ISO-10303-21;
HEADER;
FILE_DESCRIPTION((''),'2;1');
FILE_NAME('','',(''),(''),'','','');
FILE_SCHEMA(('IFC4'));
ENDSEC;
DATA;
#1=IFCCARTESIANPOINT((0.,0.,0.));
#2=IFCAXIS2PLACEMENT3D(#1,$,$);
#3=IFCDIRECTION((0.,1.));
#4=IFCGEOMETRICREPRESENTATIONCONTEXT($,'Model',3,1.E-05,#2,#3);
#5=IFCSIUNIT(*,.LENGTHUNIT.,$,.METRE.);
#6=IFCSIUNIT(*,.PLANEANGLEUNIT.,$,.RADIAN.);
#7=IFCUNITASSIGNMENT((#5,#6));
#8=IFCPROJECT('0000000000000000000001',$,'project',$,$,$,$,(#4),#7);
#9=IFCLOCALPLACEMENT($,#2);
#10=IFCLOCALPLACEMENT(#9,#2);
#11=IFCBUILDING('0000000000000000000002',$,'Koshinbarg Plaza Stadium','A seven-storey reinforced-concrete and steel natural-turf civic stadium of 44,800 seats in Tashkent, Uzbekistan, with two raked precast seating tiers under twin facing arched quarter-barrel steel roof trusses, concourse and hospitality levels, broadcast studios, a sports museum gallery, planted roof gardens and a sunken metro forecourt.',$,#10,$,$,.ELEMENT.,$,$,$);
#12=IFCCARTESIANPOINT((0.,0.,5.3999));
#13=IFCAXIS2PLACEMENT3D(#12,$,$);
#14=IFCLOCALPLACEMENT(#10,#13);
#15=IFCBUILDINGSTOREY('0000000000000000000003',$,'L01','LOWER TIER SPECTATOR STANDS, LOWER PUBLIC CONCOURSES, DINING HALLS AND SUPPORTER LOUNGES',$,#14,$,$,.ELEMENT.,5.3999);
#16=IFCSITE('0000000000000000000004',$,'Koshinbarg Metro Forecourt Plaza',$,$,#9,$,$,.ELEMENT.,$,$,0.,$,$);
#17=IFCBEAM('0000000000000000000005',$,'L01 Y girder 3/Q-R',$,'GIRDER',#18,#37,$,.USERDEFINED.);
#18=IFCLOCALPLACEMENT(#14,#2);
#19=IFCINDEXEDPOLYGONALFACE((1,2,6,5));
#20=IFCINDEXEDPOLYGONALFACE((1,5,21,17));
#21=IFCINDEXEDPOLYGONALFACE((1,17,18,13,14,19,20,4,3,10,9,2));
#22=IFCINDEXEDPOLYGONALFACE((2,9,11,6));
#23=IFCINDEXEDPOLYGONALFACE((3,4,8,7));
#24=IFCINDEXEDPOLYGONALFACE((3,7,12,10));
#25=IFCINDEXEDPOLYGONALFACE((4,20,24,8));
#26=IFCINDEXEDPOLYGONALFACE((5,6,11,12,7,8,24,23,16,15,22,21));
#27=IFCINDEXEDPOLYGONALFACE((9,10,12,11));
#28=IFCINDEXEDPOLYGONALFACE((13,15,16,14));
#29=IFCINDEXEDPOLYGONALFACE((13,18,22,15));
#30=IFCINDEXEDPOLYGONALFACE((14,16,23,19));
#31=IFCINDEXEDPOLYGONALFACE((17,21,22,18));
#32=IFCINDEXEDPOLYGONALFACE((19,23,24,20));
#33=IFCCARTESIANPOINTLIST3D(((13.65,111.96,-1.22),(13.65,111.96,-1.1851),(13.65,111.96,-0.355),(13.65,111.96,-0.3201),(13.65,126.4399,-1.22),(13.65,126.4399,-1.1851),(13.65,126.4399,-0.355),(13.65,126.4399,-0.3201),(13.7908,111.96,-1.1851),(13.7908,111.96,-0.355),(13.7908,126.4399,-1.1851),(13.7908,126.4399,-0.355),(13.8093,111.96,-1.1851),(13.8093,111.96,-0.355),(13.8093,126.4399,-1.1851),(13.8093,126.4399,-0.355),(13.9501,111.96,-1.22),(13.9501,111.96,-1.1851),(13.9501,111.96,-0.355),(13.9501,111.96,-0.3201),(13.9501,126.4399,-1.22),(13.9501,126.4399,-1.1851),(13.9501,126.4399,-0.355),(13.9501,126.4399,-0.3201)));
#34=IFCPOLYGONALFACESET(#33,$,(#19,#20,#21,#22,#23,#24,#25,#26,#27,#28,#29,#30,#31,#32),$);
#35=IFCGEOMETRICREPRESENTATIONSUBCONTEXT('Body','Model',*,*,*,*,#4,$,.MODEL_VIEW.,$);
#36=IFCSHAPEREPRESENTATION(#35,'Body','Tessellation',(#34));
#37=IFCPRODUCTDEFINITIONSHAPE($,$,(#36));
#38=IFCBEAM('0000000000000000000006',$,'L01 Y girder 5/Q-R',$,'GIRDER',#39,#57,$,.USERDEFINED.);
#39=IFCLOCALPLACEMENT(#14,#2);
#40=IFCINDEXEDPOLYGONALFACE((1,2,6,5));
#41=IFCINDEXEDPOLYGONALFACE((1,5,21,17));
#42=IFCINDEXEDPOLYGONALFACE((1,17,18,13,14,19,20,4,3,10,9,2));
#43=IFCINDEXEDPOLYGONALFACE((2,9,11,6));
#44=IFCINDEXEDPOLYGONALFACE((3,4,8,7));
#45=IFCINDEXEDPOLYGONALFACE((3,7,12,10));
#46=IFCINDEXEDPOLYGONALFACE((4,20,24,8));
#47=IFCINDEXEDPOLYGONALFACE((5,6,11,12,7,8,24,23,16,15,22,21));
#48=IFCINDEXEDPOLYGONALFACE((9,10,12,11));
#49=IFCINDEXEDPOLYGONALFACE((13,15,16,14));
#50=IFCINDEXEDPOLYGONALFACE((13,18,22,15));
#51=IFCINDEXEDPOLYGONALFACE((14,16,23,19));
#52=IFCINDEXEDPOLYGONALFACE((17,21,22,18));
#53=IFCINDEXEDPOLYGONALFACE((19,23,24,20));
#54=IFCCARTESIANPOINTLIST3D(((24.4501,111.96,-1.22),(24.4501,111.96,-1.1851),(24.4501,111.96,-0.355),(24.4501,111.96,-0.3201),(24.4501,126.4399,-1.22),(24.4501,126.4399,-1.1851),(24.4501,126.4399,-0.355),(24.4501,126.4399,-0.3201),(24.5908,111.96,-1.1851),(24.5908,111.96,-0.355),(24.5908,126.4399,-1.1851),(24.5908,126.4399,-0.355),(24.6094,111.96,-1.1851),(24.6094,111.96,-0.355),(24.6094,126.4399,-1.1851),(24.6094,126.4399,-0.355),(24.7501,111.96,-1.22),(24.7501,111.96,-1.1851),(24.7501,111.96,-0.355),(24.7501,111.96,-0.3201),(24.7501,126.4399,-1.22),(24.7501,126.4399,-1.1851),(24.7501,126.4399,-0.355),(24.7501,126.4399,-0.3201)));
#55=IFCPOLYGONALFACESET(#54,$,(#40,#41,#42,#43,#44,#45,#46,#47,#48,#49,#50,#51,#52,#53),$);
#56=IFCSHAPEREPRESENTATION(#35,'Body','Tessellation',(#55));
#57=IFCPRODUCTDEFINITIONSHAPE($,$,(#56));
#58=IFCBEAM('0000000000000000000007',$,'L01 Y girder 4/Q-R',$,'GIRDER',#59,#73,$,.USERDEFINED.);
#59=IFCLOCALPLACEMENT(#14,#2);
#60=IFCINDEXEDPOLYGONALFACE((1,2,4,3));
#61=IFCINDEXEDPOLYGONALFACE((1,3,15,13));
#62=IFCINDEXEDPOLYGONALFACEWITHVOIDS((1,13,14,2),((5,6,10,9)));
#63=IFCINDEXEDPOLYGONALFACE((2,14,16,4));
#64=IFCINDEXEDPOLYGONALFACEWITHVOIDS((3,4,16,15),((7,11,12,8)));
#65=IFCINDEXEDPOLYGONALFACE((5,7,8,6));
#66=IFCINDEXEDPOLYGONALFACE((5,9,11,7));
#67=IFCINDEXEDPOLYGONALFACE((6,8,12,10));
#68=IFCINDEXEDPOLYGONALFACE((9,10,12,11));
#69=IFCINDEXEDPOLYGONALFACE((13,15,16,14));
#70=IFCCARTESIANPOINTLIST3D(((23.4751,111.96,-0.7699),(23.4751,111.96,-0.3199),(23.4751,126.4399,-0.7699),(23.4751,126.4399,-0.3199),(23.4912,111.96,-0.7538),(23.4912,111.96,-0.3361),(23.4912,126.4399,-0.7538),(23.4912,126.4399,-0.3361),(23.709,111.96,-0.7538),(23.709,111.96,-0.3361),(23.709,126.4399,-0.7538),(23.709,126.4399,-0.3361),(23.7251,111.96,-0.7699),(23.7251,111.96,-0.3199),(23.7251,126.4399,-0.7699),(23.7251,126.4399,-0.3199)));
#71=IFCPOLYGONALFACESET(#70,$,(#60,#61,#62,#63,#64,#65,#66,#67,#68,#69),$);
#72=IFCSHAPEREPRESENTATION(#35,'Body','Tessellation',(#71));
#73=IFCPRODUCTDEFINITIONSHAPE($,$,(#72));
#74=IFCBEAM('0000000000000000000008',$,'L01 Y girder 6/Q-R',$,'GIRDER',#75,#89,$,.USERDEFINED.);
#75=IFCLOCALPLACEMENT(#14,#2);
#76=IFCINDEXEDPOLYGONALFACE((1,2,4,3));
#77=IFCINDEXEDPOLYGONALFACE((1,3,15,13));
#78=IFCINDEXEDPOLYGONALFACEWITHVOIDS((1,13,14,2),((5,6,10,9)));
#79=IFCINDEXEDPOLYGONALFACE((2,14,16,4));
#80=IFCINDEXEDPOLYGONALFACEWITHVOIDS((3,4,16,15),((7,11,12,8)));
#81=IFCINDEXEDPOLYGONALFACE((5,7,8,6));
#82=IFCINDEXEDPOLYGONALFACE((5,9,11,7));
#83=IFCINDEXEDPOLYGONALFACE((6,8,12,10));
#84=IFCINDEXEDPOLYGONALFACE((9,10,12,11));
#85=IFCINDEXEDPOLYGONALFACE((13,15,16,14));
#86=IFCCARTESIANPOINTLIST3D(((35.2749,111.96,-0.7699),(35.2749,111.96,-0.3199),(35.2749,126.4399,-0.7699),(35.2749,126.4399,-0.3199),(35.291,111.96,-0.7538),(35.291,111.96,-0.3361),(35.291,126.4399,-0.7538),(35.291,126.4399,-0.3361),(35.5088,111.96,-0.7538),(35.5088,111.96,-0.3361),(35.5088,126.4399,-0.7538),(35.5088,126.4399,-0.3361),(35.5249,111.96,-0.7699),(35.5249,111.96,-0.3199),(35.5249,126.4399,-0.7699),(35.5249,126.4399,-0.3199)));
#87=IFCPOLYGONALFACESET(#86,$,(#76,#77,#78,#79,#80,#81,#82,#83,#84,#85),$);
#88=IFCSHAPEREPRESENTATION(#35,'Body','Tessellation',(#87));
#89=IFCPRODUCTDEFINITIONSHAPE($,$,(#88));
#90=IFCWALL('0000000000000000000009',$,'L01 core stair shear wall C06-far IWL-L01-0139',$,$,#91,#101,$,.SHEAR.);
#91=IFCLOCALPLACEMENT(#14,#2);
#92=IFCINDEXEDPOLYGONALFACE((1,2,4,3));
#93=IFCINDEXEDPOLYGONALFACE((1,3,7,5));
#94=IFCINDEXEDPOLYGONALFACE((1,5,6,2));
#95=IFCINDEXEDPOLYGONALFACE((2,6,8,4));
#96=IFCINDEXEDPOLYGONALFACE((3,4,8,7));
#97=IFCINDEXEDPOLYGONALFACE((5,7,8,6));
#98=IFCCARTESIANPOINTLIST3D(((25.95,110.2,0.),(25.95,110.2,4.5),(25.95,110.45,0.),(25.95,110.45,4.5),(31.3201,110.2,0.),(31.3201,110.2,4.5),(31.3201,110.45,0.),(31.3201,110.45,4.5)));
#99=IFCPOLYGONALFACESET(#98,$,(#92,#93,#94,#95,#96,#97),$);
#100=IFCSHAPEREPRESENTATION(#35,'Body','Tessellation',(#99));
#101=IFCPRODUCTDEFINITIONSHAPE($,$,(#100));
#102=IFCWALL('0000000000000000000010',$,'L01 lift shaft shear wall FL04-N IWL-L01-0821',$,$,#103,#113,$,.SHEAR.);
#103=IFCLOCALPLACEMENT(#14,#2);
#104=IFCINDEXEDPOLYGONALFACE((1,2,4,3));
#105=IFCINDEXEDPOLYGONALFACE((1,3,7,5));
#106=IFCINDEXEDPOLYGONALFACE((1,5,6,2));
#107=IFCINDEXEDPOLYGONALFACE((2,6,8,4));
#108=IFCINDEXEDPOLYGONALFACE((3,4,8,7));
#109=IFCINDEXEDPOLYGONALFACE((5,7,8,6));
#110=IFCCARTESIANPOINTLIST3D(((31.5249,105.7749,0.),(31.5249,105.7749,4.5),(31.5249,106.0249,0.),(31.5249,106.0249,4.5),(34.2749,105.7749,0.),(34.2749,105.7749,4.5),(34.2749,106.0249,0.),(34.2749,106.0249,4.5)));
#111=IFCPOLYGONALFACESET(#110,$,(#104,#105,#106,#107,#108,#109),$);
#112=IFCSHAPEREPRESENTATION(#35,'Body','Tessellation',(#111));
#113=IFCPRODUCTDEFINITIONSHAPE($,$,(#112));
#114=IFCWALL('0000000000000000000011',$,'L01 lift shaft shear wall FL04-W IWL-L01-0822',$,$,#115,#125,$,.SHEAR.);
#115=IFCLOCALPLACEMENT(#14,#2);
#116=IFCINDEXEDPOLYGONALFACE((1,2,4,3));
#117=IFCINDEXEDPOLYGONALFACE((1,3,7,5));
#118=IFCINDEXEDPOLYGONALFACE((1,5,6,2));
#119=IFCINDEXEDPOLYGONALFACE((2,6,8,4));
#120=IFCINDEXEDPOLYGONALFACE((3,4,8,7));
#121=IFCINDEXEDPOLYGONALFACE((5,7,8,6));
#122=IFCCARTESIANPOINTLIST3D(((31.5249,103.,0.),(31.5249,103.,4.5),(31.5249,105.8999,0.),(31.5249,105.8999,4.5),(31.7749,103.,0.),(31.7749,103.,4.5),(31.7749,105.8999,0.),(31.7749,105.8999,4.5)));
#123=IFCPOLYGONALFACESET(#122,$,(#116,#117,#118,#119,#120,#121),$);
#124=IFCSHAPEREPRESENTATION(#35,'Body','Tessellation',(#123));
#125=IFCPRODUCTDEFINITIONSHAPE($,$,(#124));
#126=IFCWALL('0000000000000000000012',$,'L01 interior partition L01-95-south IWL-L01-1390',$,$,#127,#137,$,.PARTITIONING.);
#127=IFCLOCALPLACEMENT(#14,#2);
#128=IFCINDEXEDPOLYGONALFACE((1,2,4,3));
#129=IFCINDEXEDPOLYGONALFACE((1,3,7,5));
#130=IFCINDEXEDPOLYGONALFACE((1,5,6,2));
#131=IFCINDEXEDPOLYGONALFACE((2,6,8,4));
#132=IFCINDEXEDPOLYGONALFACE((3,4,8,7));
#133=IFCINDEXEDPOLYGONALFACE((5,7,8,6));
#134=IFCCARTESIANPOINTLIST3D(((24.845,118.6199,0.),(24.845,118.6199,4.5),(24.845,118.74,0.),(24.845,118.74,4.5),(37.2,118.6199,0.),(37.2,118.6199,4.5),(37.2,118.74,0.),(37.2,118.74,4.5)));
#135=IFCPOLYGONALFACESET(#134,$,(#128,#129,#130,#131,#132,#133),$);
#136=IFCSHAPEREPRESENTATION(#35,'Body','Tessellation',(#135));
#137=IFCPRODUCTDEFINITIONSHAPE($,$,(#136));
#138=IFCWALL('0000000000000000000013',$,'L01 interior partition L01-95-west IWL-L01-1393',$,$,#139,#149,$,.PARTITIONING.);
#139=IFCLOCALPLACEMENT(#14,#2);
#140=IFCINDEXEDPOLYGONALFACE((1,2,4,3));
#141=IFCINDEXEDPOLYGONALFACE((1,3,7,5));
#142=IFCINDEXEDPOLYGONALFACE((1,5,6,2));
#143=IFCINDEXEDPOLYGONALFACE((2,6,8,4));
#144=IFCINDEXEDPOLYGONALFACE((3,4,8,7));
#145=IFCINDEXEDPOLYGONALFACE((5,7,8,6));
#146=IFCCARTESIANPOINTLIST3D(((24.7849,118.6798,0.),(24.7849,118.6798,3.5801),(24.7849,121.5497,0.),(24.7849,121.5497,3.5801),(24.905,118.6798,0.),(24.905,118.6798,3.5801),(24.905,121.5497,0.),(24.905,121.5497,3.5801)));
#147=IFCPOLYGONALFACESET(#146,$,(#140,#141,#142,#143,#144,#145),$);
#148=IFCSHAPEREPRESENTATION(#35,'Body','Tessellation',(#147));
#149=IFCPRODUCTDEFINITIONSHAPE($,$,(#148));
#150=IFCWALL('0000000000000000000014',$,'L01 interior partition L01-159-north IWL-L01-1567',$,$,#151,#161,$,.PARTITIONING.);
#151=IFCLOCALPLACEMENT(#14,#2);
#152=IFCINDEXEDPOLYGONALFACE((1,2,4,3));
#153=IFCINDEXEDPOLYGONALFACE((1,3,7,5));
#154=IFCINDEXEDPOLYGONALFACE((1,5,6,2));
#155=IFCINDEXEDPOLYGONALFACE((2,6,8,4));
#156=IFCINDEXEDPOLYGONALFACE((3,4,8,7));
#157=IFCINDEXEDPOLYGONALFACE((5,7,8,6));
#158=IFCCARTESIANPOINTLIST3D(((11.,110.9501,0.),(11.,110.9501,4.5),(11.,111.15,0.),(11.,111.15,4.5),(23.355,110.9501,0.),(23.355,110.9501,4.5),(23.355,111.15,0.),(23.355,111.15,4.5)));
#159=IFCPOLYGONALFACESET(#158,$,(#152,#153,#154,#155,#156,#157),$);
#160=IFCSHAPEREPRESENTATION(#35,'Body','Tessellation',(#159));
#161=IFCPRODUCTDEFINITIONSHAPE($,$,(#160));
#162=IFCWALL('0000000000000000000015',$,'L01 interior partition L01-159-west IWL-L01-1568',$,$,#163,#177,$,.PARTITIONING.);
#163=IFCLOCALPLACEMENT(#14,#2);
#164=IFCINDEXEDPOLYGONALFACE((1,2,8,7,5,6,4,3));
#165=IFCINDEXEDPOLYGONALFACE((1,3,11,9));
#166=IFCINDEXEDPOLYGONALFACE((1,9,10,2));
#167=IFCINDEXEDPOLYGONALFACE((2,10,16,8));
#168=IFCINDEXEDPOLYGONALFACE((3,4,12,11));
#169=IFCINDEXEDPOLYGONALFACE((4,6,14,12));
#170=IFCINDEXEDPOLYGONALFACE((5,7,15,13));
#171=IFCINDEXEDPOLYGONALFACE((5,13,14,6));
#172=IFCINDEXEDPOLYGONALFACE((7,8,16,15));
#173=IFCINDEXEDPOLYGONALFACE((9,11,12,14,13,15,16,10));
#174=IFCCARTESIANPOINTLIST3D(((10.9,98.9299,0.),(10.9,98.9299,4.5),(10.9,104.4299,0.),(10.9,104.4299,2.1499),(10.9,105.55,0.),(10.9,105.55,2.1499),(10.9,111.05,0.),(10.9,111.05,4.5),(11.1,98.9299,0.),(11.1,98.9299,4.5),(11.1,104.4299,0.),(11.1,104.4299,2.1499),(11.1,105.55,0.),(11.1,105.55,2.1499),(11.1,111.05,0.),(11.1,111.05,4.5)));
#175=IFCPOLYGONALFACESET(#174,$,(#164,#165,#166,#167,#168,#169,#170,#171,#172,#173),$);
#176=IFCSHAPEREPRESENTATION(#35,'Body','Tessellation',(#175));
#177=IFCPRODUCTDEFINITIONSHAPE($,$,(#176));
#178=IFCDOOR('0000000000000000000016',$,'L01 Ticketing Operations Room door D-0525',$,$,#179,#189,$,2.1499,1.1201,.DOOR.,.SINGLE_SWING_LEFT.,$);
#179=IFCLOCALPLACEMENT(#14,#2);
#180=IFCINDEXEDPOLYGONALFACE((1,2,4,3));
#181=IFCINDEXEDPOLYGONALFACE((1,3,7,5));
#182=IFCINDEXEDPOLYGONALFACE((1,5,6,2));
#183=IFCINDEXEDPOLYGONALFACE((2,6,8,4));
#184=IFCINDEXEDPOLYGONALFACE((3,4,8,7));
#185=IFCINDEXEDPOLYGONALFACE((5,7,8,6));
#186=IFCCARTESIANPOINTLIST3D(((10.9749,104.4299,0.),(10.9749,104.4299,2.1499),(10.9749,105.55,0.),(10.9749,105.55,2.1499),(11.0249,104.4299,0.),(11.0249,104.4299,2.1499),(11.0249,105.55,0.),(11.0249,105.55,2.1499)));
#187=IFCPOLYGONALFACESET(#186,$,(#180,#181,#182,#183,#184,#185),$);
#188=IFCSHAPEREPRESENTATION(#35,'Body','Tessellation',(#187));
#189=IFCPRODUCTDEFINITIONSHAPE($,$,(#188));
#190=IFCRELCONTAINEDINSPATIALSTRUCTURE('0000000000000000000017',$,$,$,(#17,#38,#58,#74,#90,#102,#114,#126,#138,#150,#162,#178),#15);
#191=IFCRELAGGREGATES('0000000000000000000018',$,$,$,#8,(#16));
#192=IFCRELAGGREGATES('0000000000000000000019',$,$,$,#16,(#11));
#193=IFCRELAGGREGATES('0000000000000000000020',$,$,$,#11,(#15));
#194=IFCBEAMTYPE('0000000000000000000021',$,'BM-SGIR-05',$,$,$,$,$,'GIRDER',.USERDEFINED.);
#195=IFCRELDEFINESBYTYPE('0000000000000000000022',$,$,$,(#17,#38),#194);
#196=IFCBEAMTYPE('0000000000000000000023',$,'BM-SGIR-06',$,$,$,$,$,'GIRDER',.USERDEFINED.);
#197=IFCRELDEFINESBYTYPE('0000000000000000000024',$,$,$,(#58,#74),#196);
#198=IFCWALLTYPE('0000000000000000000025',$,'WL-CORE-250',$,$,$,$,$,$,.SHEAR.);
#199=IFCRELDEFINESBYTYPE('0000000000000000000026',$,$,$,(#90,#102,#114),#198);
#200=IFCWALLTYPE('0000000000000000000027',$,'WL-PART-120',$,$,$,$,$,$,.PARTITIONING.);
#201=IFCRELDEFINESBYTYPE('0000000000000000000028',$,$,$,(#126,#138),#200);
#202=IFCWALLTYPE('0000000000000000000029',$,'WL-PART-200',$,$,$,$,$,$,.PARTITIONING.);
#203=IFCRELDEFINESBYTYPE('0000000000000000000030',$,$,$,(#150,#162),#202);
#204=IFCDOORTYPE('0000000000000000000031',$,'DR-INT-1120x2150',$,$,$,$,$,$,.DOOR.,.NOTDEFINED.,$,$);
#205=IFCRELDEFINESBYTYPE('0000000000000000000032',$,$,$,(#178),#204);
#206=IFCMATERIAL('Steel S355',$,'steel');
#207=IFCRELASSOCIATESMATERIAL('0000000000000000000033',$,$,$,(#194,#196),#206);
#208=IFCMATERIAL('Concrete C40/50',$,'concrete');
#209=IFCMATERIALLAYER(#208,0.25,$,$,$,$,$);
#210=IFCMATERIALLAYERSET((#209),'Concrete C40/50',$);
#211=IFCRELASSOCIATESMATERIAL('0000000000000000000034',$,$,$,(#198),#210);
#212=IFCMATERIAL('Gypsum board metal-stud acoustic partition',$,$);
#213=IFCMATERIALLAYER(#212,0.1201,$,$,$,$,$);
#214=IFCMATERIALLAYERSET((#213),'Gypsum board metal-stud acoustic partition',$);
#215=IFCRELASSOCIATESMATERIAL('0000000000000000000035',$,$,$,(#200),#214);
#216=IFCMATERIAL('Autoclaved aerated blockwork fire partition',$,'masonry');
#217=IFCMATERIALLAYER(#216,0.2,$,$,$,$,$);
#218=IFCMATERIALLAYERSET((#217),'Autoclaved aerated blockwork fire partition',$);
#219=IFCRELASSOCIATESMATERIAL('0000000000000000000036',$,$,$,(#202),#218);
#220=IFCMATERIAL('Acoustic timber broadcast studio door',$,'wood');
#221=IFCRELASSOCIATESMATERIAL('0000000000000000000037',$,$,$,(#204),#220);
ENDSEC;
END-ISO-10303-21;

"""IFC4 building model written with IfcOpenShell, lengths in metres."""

from ifc_helpers import new_model, si_unit, direction, frame, frame_2d, origin, origin_2d, place, context, subcontext, project, spatial, rectangle, hollow_rectangle, i_section, extrude, material, layer, layer_set, material_profile, profile_set, type_object, element, fill, save


model = new_model("IFC4")

# Units and contexts
model_context = context("Model", 3, precision=1e-05, world=origin(), true_north=direction((0.0, 1.0)))
body_context = subcontext(model_context, "Body", "Model", "MODEL_VIEW")
ifc_project = project(units=[si_unit("LENGTHUNIT", "METRE"), si_unit("PLANEANGLEUNIT", "RADIAN")], contexts=[model_context])

# Site, building, storey
site_placement = place(None, origin())
site = spatial("IfcSite", under=ifc_project, at=site_placement, Name="Koshinbarg Metro Forecourt Plaza", CompositionType="ELEMENT", RefElevation=0.0)
building_placement = place(site_placement, origin())
building = spatial("IfcBuilding", under=site, at=building_placement, Name="Koshinbarg Plaza Stadium", Description="A seven-storey reinforced-concrete and steel natural-turf civic stadium of 44,800 seats in Tashkent, Uzbekistan, with two raked precast seating tiers under twin facing arched quarter-barrel steel roof trusses, concourse and hospitality levels, broadcast studios, a sports museum gallery, planted roof gardens and a sunken metro forecourt.", CompositionType="ELEMENT")
storey_placement = place(building_placement, frame((0.0, 0.0, 5.3999)))
storey = spatial("IfcBuildingStorey", under=building, at=storey_placement, Name="L01", Description="LOWER TIER SPECTATOR STANDS, LOWER PUBLIC CONCOURSES, DINING HALLS AND SUPPORTER LOUNGES", CompositionType="ELEMENT", Elevation=5.3999)

# Shared definitions
ifc_material_1 = material(Name="Concrete C40/50", Category="concrete")
ifc_material_2 = material(Name="Steel S355", Category="steel")

# Beams
ifc_material_profile_1 = material_profile(ifc_material_2, i_section(OverallWidth=0.3, OverallDepth=0.8999, WebThickness=0.0186, FlangeThickness=0.0349, at=origin_2d()), Name="HEB 900")
ifc_profile_set_1 = profile_set([ifc_material_profile_1], Name="Steel S355")
beam_type_1 = type_object("IfcBeamType", Name="BM-SGIR-05", ElementType="GIRDER", PredefinedType="USERDEFINED", material=ifc_profile_set_1)
for number, where, z_axis, x_axis, name in (
    (1, (13.8, 111.96, -0.77), (0.0, 1.0, 0.0), (-1.0, 0.0, 0.0), "L01 Y girder 3/Q-R"),
    (2, (24.6001, 111.96, -0.77), (0.0, 1.0, 0.0), (-1.0, 0.0, 0.0), "L01 Y girder 5/Q-R"),
):
    element("IfcBeam", number, at=place(storey_placement, frame(where, z_axis=z_axis, x_axis=x_axis)), inside=storey, type_object=beam_type_1, Name=name, ObjectType="GIRDER", PredefinedType="USERDEFINED", context=body_context, shape_type="SweptSolid", body=[
        extrude(i_section(OverallWidth=0.3, OverallDepth=0.8999, WebThickness=0.0186, FlangeThickness=0.0349, at=origin_2d()), origin(), (0.0, 0.0, 1.0), 14.48),
    ])
ifc_material_profile_2 = material_profile(ifc_material_2, hollow_rectangle(XDim=0.25, YDim=0.45, WallThickness=0.0161, at=origin_2d()), Name="RHS 450x250x16")
ifc_profile_set_2 = profile_set([ifc_material_profile_2], Name="Steel S355")
beam_type_2 = type_object("IfcBeamType", Name="BM-SGIR-06", ElementType="GIRDER", PredefinedType="USERDEFINED", material=ifc_profile_set_2)
for number, where, z_axis, x_axis, name in (
    (3, (23.6001, 111.96, -0.5449), (0.0, 1.0, 0.0), (-1.0, 0.0, 0.0), "L01 Y girder 4/Q-R"),
    (4, (35.3999, 111.96, -0.5449), (0.0, 1.0, 0.0), (-1.0, 0.0, 0.0), "L01 Y girder 6/Q-R"),
):
    element("IfcBeam", number, at=place(storey_placement, frame(where, z_axis=z_axis, x_axis=x_axis)), inside=storey, type_object=beam_type_2, Name=name, ObjectType="GIRDER", PredefinedType="USERDEFINED", context=body_context, shape_type="SweptSolid", body=[
        extrude(hollow_rectangle(XDim=0.25, YDim=0.45, WallThickness=0.0161, at=origin_2d()), origin(), (0.0, 0.0, 1.0), 14.48),
    ])

# Walls
ifc_layer_1 = layer(ifc_material_1, 0.25)
ifc_layer_set_1 = layer_set([ifc_layer_1], Name="Concrete C40/50")
wall_type_1 = type_object("IfcWallType", Name="WL-CORE-250", PredefinedType="SHEAR", material=ifc_layer_set_1)
wall_1_placement = place(storey_placement, frame((31.3201, 110.325, 0.0), z_axis=(0.0, 0.0, 1.0), x_axis=(-1.0, 0.0, 0.0)))
element("IfcWall", 5, at=wall_1_placement, inside=storey, type_object=wall_type_1, Name="L01 core stair shear wall C06-far IWL-L01-0139", PredefinedType="SHEAR", context=body_context, shape_type="SweptSolid", body=[
    extrude(rectangle(XDim=5.3701, YDim=0.25, at=frame_2d((2.6851, 0.0))), origin(), (0.0, 0.0, 1.0), 4.5),
])
wall_2_placement = place(storey_placement, frame((34.2749, 105.8999, 0.0), z_axis=(0.0, 0.0, 1.0), x_axis=(-1.0, 0.0, 0.0)))
element("IfcWall", 6, at=wall_2_placement, inside=storey, type_object=wall_type_1, Name="L01 lift shaft shear wall FL04-N IWL-L01-0821", PredefinedType="SHEAR", context=body_context, shape_type="SweptSolid", body=[
    extrude(rectangle(XDim=2.75, YDim=0.25, at=frame_2d((1.375, 0.0))), origin(), (0.0, 0.0, 1.0), 4.5),
])
wall_3_placement = place(storey_placement, frame((31.6499, 105.8999, 0.0), z_axis=(0.0, 0.0, 1.0), x_axis=(0.0, -1.0, 0.0)))
element("IfcWall", 7, at=wall_3_placement, inside=storey, type_object=wall_type_1, Name="L01 lift shaft shear wall FL04-W IWL-L01-0822", PredefinedType="SHEAR", context=body_context, shape_type="SweptSolid", body=[
    extrude(rectangle(XDim=2.8999, YDim=0.25, at=frame_2d((1.45, 0.0))), origin(), (0.0, 0.0, 1.0), 4.5),
])
ifc_material_3 = material(Name="Gypsum board metal-stud acoustic partition")
ifc_layer_2 = layer(ifc_material_3, 0.1201)
ifc_layer_set_2 = layer_set([ifc_layer_2], Name="Gypsum board metal-stud acoustic partition")
wall_type_2 = type_object("IfcWallType", Name="WL-PART-120", PredefinedType="PARTITIONING", material=ifc_layer_set_2)
wall_4_placement = place(storey_placement, frame((24.845, 118.6799, 0.0), z_axis=(0.0, 0.0, 1.0), x_axis=(1.0, 0.0, 0.0)))
element("IfcWall", 8, at=wall_4_placement, inside=storey, type_object=wall_type_2, Name="L01 interior partition L01-95-south IWL-L01-1390", PredefinedType="PARTITIONING", context=body_context, shape_type="SweptSolid", body=[
    extrude(rectangle(XDim=12.355, YDim=0.1201, at=frame_2d((6.1775, 0.0))), origin(), (0.0, 0.0, 1.0), 4.5),
])
wall_5_placement = place(storey_placement, frame((24.845, 121.5498, 0.0), z_axis=(0.0, 0.0, 1.0), x_axis=(0.0, -1.0, 0.0)))
element("IfcWall", 9, at=wall_5_placement, inside=storey, type_object=wall_type_2, Name="L01 interior partition L01-95-west IWL-L01-1393", PredefinedType="PARTITIONING", context=body_context, shape_type="SweptSolid", body=[
    extrude(rectangle(XDim=2.8699, YDim=0.1201, at=frame_2d((1.4351, 0.0))), origin(), (0.0, 0.0, 1.0), 3.5801),
])
ifc_material_4 = material(Name="Autoclaved aerated blockwork fire partition", Category="masonry")
ifc_layer_3 = layer(ifc_material_4, 0.2)
ifc_layer_set_3 = layer_set([ifc_layer_3], Name="Autoclaved aerated blockwork fire partition")
wall_type_3 = type_object("IfcWallType", Name="WL-PART-200", PredefinedType="PARTITIONING", material=ifc_layer_set_3)
wall_6_placement = place(storey_placement, frame((23.355, 111.05, 0.0), z_axis=(0.0, 0.0, 1.0), x_axis=(-1.0, 0.0, 0.0)))
element("IfcWall", 10, at=wall_6_placement, inside=storey, type_object=wall_type_3, Name="L01 interior partition L01-159-north IWL-L01-1567", PredefinedType="PARTITIONING", context=body_context, shape_type="SweptSolid", body=[
    extrude(rectangle(XDim=12.355, YDim=0.2, at=frame_2d((6.1775, 0.0))), origin(), (0.0, 0.0, 1.0), 4.5),
])

# Wall, opening, door
wall_7_placement = place(storey_placement, frame((11.0, 111.05, 0.0), z_axis=(0.0, 0.0, 1.0), x_axis=(0.0, -1.0, 0.0)))
wall_7 = element("IfcWall", 11, at=wall_7_placement, inside=storey, type_object=wall_type_3, Name="L01 interior partition L01-159-west IWL-L01-1568", PredefinedType="PARTITIONING", context=body_context, shape_type="SweptSolid", body=[
    extrude(rectangle(XDim=12.1201, YDim=0.2, at=frame_2d((6.0601, 0.0))), origin(), (0.0, 0.0, 1.0), 4.5),
])
opening_placement = place(wall_7_placement, frame((5.5, 0.0, 0.0)))
opening = element("IfcOpeningElement", 12, at=opening_placement, cuts=wall_7, PredefinedType="OPENING", context=body_context, shape_type="SweptSolid", body=[
    extrude(rectangle(XDim=1.1201, YDim=2.1499, at=frame_2d((0.5601, 1.075))), frame((0.0, 0.1099, 0.0), z_axis=(0.0, -1.0, 0.0), x_axis=(1.0, 0.0, 0.0)), (0.0, 0.0, 1.0), 0.22),
])
ifc_material_5 = material(Name="Acoustic timber broadcast studio door", Category="wood")
door_type = type_object("IfcDoorType", Name="DR-INT-1120x2150", OperationType="NOTDEFINED", PredefinedType="DOOR", material=ifc_material_5)
door_placement = place(opening_placement, origin())
door = element("IfcDoor", 13, at=door_placement, inside=storey, type_object=door_type, Name="L01 Ticketing Operations Room door D-0525", OperationType="SINGLE_SWING_LEFT", OverallHeight=2.1499, OverallWidth=1.1201, PredefinedType="DOOR", context=body_context, shape_type="SweptSolid", body=[
    extrude(rectangle(XDim=1.1201, YDim=2.1499, at=frame_2d((0.5601, 1.075))), frame((0.0, 0.0249, 0.0), z_axis=(0.0, -1.0, 0.0), x_axis=(1.0, 0.0, 0.0)), (0.0, 0.0, 1.0), 0.05),
])
fill(opening, door)

save(model, "model.ifc")
